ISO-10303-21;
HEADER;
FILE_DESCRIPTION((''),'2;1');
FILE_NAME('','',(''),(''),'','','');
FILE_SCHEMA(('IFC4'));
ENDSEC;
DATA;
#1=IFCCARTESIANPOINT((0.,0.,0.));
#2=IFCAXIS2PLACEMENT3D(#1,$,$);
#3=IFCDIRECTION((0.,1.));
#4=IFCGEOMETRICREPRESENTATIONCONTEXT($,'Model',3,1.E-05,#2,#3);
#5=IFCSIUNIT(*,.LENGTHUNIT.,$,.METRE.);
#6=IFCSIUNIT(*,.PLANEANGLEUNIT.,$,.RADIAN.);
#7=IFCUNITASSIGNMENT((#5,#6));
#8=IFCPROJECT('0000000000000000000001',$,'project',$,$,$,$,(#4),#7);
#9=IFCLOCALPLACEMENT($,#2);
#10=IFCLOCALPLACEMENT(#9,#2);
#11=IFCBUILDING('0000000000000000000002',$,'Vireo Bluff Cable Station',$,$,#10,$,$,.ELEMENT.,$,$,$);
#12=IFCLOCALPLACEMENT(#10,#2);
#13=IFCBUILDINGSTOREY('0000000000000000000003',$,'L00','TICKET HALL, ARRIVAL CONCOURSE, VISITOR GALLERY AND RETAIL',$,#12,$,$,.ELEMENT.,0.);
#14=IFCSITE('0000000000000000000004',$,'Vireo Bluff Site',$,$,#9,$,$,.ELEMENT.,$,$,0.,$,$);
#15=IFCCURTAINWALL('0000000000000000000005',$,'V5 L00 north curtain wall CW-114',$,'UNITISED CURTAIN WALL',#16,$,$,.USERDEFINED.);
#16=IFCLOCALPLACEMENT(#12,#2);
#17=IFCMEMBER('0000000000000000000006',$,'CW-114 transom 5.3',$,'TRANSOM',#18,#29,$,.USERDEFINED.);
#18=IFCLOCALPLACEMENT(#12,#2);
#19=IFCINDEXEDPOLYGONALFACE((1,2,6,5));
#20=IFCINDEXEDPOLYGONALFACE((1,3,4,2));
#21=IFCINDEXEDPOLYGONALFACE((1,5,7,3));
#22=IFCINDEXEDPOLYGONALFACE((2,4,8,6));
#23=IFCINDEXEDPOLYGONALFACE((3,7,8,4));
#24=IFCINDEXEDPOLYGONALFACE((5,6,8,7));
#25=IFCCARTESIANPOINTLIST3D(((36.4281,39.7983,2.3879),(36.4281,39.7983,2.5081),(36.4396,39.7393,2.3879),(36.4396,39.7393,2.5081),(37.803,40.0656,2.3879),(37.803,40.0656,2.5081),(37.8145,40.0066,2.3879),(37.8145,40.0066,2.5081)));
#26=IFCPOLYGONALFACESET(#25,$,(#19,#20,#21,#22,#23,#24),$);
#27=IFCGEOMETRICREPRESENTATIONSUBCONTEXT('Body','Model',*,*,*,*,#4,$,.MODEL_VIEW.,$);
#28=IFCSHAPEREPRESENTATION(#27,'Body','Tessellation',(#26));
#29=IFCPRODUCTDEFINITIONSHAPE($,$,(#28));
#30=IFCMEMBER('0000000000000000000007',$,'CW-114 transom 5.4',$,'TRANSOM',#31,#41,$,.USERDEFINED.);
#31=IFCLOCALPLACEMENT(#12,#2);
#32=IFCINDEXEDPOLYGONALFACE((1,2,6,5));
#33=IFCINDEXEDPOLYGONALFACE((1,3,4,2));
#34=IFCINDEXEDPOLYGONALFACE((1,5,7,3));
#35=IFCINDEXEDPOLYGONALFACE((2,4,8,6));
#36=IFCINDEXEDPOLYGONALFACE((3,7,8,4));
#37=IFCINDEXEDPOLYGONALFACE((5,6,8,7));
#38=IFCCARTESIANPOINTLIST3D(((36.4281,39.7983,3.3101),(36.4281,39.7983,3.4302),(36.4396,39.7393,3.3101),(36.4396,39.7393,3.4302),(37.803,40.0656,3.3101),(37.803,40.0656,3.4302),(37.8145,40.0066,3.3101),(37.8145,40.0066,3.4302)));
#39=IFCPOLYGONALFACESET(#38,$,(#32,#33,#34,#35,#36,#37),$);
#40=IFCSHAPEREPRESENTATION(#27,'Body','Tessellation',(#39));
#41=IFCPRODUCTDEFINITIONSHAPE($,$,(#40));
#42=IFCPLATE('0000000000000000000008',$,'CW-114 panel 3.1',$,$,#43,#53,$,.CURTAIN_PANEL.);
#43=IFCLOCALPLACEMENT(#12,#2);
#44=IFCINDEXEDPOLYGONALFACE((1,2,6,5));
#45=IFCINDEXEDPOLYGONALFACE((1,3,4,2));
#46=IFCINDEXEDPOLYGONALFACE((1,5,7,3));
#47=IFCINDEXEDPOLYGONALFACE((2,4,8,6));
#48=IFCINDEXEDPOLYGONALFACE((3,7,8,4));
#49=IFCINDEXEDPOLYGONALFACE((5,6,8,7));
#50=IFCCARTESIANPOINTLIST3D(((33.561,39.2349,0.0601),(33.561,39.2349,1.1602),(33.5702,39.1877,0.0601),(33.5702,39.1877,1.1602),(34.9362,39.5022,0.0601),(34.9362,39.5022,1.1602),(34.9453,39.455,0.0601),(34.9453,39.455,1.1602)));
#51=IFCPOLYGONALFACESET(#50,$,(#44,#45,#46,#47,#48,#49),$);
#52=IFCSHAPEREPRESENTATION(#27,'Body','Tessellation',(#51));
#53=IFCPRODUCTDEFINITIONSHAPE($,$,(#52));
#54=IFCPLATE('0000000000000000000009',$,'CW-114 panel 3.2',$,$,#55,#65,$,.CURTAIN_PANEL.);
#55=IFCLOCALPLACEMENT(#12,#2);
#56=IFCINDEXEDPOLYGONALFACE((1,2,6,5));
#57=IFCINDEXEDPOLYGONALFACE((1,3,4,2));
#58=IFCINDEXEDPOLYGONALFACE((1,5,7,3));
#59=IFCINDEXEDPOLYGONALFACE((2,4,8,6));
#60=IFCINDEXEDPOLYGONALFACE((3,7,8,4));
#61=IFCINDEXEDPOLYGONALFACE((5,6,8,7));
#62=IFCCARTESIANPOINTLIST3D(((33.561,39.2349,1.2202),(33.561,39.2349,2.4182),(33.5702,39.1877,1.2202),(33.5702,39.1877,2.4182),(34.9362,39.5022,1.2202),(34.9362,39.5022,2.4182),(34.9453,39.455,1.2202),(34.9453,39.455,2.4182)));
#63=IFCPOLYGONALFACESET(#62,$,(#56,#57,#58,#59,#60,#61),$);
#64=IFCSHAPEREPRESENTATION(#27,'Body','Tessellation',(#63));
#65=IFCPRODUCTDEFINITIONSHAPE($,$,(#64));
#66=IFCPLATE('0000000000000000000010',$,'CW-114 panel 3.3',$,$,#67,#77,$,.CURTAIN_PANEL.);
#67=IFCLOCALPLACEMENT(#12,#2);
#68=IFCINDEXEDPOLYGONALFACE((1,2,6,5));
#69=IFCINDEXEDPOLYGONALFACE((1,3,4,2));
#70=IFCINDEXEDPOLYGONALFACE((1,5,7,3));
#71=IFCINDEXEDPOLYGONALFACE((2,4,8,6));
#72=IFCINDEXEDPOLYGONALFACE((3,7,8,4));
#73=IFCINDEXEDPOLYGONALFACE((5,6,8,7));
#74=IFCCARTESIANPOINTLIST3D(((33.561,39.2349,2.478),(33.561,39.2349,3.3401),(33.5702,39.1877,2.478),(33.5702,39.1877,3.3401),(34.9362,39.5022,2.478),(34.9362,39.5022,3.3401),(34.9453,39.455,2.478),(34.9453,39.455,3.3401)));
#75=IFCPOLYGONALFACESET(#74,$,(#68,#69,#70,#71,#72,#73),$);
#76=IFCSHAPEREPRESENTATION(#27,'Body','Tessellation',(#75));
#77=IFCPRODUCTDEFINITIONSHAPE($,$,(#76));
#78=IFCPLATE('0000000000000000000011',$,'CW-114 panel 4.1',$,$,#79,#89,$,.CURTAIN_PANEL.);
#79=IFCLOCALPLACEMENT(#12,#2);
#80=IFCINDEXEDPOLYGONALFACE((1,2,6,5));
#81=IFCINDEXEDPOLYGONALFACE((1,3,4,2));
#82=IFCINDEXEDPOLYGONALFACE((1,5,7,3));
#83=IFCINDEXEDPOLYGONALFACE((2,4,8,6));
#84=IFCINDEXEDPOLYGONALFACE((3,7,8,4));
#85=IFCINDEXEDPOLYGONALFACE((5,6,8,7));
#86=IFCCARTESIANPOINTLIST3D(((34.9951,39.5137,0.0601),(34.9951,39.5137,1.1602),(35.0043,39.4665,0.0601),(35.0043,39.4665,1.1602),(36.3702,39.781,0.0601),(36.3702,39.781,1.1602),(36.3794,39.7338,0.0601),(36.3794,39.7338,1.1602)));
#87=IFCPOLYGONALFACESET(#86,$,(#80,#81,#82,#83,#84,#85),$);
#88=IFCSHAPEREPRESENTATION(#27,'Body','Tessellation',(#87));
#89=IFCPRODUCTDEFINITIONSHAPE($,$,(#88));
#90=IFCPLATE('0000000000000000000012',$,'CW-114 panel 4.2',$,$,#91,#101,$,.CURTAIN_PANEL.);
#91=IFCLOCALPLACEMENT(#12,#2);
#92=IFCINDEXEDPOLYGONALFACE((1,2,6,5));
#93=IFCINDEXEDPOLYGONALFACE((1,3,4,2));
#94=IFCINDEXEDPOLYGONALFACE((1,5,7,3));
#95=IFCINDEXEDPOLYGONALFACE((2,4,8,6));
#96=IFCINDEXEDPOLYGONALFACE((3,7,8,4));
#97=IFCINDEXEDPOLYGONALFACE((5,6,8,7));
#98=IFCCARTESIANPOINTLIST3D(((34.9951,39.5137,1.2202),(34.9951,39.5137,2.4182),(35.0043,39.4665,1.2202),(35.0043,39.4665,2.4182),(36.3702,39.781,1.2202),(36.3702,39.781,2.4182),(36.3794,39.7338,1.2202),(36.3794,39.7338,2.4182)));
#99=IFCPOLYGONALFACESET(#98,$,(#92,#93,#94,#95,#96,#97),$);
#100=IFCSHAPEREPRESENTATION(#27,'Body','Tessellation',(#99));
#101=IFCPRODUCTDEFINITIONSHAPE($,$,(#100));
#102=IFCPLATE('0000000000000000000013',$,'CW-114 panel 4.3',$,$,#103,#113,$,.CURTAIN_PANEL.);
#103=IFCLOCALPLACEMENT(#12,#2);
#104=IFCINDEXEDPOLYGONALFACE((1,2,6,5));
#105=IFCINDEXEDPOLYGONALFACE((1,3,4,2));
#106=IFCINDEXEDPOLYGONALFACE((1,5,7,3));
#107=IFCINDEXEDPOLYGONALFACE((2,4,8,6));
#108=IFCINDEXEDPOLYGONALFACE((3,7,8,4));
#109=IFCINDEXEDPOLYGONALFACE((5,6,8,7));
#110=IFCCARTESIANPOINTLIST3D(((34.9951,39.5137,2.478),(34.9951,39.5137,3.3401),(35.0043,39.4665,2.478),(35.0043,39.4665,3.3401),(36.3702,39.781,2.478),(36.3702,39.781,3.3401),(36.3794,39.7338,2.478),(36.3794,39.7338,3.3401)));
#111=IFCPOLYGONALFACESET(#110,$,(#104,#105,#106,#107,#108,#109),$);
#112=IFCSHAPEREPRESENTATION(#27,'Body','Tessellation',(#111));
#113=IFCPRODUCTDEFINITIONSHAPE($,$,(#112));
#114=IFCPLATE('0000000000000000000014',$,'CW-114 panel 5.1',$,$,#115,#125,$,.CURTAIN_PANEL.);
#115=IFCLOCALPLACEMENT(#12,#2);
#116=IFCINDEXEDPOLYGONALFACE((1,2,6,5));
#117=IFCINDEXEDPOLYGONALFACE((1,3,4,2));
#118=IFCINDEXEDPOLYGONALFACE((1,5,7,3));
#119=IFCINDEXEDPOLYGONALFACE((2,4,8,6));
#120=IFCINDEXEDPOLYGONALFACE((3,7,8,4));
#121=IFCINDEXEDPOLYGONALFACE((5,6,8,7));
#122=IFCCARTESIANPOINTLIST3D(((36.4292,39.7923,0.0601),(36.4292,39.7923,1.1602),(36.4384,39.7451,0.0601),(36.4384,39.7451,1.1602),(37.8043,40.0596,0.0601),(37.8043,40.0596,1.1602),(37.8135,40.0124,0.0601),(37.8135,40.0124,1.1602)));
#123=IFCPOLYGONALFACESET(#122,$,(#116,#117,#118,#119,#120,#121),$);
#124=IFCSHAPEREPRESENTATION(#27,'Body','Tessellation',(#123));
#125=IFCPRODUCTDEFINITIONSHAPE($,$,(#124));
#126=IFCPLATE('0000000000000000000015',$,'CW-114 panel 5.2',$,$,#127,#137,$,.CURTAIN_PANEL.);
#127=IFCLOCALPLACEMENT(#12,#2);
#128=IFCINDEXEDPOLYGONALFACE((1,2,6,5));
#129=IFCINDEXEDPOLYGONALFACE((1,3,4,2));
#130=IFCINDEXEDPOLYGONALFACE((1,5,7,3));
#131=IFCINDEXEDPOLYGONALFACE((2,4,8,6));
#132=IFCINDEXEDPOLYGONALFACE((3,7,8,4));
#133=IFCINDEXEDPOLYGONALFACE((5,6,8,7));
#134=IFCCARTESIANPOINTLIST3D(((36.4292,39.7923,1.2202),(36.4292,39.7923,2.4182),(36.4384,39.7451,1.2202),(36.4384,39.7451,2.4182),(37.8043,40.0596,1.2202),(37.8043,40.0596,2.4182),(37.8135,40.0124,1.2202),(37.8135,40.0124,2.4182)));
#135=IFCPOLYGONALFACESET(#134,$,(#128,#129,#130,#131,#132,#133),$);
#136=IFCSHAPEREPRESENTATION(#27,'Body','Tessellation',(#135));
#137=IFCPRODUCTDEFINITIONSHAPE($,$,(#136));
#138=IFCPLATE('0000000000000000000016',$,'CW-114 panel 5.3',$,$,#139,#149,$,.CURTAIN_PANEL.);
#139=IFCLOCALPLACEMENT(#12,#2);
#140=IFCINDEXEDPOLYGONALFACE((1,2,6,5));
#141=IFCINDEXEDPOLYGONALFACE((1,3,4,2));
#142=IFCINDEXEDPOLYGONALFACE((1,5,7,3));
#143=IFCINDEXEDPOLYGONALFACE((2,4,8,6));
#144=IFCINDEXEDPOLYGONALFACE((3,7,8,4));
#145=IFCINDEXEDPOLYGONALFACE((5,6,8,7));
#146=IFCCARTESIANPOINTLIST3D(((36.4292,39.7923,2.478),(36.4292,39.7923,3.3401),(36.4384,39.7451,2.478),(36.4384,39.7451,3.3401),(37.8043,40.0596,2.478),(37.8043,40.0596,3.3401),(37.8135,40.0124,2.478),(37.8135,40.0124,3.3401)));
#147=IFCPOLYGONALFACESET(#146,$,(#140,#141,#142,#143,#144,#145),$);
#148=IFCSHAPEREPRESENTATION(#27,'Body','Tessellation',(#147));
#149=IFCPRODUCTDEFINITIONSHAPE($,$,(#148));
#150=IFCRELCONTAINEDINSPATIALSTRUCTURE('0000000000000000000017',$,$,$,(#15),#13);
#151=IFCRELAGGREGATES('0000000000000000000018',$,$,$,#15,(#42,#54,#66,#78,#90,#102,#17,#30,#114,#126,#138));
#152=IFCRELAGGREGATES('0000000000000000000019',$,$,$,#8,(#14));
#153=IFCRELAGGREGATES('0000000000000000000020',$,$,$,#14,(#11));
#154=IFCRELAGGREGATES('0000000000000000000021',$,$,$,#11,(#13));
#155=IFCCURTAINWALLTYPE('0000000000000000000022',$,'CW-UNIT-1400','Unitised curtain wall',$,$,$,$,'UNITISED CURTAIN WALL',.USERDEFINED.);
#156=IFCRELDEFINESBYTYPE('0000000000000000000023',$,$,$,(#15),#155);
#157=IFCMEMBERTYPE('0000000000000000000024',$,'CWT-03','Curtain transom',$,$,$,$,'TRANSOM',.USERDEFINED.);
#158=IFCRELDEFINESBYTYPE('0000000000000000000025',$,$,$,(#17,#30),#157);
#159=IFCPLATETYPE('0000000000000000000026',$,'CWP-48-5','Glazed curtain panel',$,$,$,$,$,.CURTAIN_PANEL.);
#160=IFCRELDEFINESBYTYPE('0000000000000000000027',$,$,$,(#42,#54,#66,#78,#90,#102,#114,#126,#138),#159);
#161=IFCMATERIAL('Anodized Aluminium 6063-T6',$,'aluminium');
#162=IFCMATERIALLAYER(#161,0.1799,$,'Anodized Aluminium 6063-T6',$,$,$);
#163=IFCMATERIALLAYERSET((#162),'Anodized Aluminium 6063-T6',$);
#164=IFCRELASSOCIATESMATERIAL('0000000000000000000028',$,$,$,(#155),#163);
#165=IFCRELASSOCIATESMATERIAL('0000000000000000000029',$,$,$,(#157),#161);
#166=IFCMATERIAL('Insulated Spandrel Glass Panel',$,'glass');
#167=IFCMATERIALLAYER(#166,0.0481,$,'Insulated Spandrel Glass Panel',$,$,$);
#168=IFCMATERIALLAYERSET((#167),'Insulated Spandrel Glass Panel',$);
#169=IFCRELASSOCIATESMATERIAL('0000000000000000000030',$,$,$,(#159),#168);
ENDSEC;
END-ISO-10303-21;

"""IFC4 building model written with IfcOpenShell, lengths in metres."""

from ifc_helpers import new_model, si_unit, direction, frame, origin, origin_2d, place, context, subcontext, project, spatial, rectangle, extrude, material, layer, layer_set, material_profile, profile_set, type_object, element, aggregate, save


model = new_model("IFC4")

# Units and contexts
model_context = context("Model", 3, precision=1e-05, world=origin(), true_north=direction((0.0, 1.0)))
body_context = subcontext(model_context, "Body", "Model", "MODEL_VIEW")
ifc_project = project(units=[si_unit("LENGTHUNIT", "METRE"), si_unit("PLANEANGLEUNIT", "RADIAN")], contexts=[model_context])

# Site, building, storey
site_placement = place(None, origin())
site = spatial("IfcSite", under=ifc_project, at=site_placement, Name="Vireo Bluff Site", CompositionType="ELEMENT", RefElevation=0.0)
building_placement = place(site_placement, origin())
building = spatial("IfcBuilding", under=site, at=building_placement, Name="Vireo Bluff Cable Station", CompositionType="ELEMENT")
storey_placement = place(building_placement, origin())
storey = spatial("IfcBuildingStorey", under=building, at=storey_placement, Name="L00", Description="TICKET HALL, ARRIVAL CONCOURSE, VISITOR GALLERY AND RETAIL", CompositionType="ELEMENT", Elevation=0.0)

# Curtain wall, members, plates
ifc_material_1 = material(Name="Anodized Aluminium 6063-T6", Category="aluminium")
ifc_layer_1 = layer(ifc_material_1, 0.1799, Name="Anodized Aluminium 6063-T6")
ifc_layer_set_1 = layer_set([ifc_layer_1], Name="Anodized Aluminium 6063-T6")
curtain_wall_type = type_object("IfcCurtainWallType", Name="CW-UNIT-1400", Description="Unitised curtain wall", ElementType="UNITISED CURTAIN WALL", PredefinedType="USERDEFINED", material=ifc_layer_set_1)
curtain_wall_placement = place(storey_placement, origin())
curtain_wall = element("IfcCurtainWall", 1, at=curtain_wall_placement, inside=storey, type_object=curtain_wall_type, Name="V5 L00 north curtain wall CW-114", ObjectType="UNITISED CURTAIN WALL", PredefinedType="USERDEFINED")
ifc_material_profile_1 = material_profile(ifc_material_1, rectangle(XDim=0.0601, YDim=0.1201, at=origin_2d()), Name="ALU-T-60X120")
ifc_profile_set_1 = profile_set([ifc_material_profile_1], Name="Anodized Aluminium 6063-T6")
member_type_1 = type_object("IfcMemberType", Name="CWT-03", Description="Curtain transom", ElementType="TRANSOM", PredefinedType="USERDEFINED", material=ifc_profile_set_1)
member_1_placement = place(storey_placement, frame((36.4338, 39.7688, 2.448), z_axis=(0.981619, 0.190851, 0.0), x_axis=(-0.190851, 0.981619, 0.0)))
member_1 = element("IfcMember", 2, at=member_1_placement, type_object=member_type_1, Name="CW-114 transom 5.3", ObjectType="TRANSOM", PredefinedType="USERDEFINED", context=body_context, shape_type="SweptSolid", body=[
    extrude(rectangle(XDim=0.0601, YDim=0.1201, at=origin_2d()), origin(), (0.0, 0.0, 1.0), 1.4006),
])
member_2_placement = place(storey_placement, frame((36.4338, 39.7688, 3.3701), z_axis=(0.981619, 0.190851, 0.0), x_axis=(-0.190851, 0.981619, 0.0)))
member_2 = element("IfcMember", 3, at=member_2_placement, type_object=member_type_1, Name="CW-114 transom 5.4", ObjectType="TRANSOM", PredefinedType="USERDEFINED", context=body_context, shape_type="SweptSolid", body=[
    extrude(rectangle(XDim=0.0601, YDim=0.1201, at=origin_2d()), origin(), (0.0, 0.0, 1.0), 1.4006),
])
ifc_material_2 = material(Name="Insulated Spandrel Glass Panel", Category="glass")
ifc_layer_2 = layer(ifc_material_2, 0.0481, Name="Insulated Spandrel Glass Panel")
ifc_layer_set_2 = layer_set([ifc_layer_2], Name="Insulated Spandrel Glass Panel")
plate_type = type_object("IfcPlateType", Name="CWP-48-5", Description="Glazed curtain panel", PredefinedType="CURTAIN_PANEL", material=ifc_layer_set_2)
plate_1_placement = place(storey_placement, frame((34.2532, 39.345, 0.0601), z_axis=(0.0, 0.0, 1.0), x_axis=(0.981627, 0.190809, 0.0)))
plate_1 = element("IfcPlate", 4, at=plate_1_placement, type_object=plate_type, Name="CW-114 panel 3.1", PredefinedType="CURTAIN_PANEL", context=body_context, shape_type="SweptSolid", body=[
    extrude(rectangle(XDim=1.4009, YDim=0.0481, at=origin_2d()), origin(), (0.0, 0.0, 1.0), 1.1001),
])
plate_2_placement = place(storey_placement, frame((34.2532, 39.345, 1.2202), z_axis=(0.0, 0.0, 1.0), x_axis=(0.981627, 0.190809, 0.0)))
plate_2 = element("IfcPlate", 5, at=plate_2_placement, type_object=plate_type, Name="CW-114 panel 3.2", PredefinedType="CURTAIN_PANEL", context=body_context, shape_type="SweptSolid", body=[
    extrude(rectangle(XDim=1.4009, YDim=0.0481, at=origin_2d()), origin(), (0.0, 0.0, 1.0), 1.198),
])
plate_3_placement = place(storey_placement, frame((34.2532, 39.345, 2.478), z_axis=(0.0, 0.0, 1.0), x_axis=(0.981627, 0.190809, 0.0)))
plate_3 = element("IfcPlate", 6, at=plate_3_placement, type_object=plate_type, Name="CW-114 panel 3.3", PredefinedType="CURTAIN_PANEL", context=body_context, shape_type="SweptSolid", body=[
    extrude(rectangle(XDim=1.4009, YDim=0.0481, at=origin_2d()), origin(), (0.0, 0.0, 1.0), 0.8621),
])
plate_4_placement = place(storey_placement, frame((35.6873, 39.6238, 0.0601), z_axis=(0.0, 0.0, 1.0), x_axis=(0.981627, 0.190809, 0.0)))
plate_4 = element("IfcPlate", 7, at=plate_4_placement, type_object=plate_type, Name="CW-114 panel 4.1", PredefinedType="CURTAIN_PANEL", context=body_context, shape_type="SweptSolid", body=[
    extrude(rectangle(XDim=1.4009, YDim=0.0481, at=origin_2d()), origin(), (0.0, 0.0, 1.0), 1.1001),
])
plate_5_placement = place(storey_placement, frame((35.6873, 39.6238, 1.2202), z_axis=(0.0, 0.0, 1.0), x_axis=(0.981627, 0.190809, 0.0)))
plate_5 = element("IfcPlate", 8, at=plate_5_placement, type_object=plate_type, Name="CW-114 panel 4.2", PredefinedType="CURTAIN_PANEL", context=body_context, shape_type="SweptSolid", body=[
    extrude(rectangle(XDim=1.4009, YDim=0.0481, at=origin_2d()), origin(), (0.0, 0.0, 1.0), 1.198),
])
plate_6_placement = place(storey_placement, frame((35.6873, 39.6238, 2.478), z_axis=(0.0, 0.0, 1.0), x_axis=(0.981627, 0.190809, 0.0)))
plate_6 = element("IfcPlate", 9, at=plate_6_placement, type_object=plate_type, Name="CW-114 panel 4.3", PredefinedType="CURTAIN_PANEL", context=body_context, shape_type="SweptSolid", body=[
    extrude(rectangle(XDim=1.4009, YDim=0.0481, at=origin_2d()), origin(), (0.0, 0.0, 1.0), 0.8621),
])
plate_7_placement = place(storey_placement, frame((37.1213, 39.9023, 0.0601), z_axis=(0.0, 0.0, 1.0), x_axis=(0.981627, 0.190809, 0.0)))
plate_7 = element("IfcPlate", 10, at=plate_7_placement, type_object=plate_type, Name="CW-114 panel 5.1", PredefinedType="CURTAIN_PANEL", context=body_context, shape_type="SweptSolid", body=[
    extrude(rectangle(XDim=1.4009, YDim=0.0481, at=origin_2d()), origin(), (0.0, 0.0, 1.0), 1.1001),
])
plate_8_placement = place(storey_placement, frame((37.1213, 39.9023, 1.2202), z_axis=(0.0, 0.0, 1.0), x_axis=(0.981627, 0.190809, 0.0)))
plate_8 = element("IfcPlate", 11, at=plate_8_placement, type_object=plate_type, Name="CW-114 panel 5.2", PredefinedType="CURTAIN_PANEL", context=body_context, shape_type="SweptSolid", body=[
    extrude(rectangle(XDim=1.4009, YDim=0.0481, at=origin_2d()), origin(), (0.0, 0.0, 1.0), 1.198),
])
plate_9_placement = place(storey_placement, frame((37.1213, 39.9023, 2.478), z_axis=(0.0, 0.0, 1.0), x_axis=(0.981627, 0.190809, 0.0)))
plate_9 = element("IfcPlate", 12, at=plate_9_placement, type_object=plate_type, Name="CW-114 panel 5.3", PredefinedType="CURTAIN_PANEL", context=body_context, shape_type="SweptSolid", body=[
    extrude(rectangle(XDim=1.4009, YDim=0.0481, at=origin_2d()), origin(), (0.0, 0.0, 1.0), 0.8621),
])
aggregate(curtain_wall, [plate_1, plate_2, plate_3, plate_4, plate_5, plate_6, member_1, member_2, plate_7, plate_8, plate_9])

save(model, "model.ifc")
